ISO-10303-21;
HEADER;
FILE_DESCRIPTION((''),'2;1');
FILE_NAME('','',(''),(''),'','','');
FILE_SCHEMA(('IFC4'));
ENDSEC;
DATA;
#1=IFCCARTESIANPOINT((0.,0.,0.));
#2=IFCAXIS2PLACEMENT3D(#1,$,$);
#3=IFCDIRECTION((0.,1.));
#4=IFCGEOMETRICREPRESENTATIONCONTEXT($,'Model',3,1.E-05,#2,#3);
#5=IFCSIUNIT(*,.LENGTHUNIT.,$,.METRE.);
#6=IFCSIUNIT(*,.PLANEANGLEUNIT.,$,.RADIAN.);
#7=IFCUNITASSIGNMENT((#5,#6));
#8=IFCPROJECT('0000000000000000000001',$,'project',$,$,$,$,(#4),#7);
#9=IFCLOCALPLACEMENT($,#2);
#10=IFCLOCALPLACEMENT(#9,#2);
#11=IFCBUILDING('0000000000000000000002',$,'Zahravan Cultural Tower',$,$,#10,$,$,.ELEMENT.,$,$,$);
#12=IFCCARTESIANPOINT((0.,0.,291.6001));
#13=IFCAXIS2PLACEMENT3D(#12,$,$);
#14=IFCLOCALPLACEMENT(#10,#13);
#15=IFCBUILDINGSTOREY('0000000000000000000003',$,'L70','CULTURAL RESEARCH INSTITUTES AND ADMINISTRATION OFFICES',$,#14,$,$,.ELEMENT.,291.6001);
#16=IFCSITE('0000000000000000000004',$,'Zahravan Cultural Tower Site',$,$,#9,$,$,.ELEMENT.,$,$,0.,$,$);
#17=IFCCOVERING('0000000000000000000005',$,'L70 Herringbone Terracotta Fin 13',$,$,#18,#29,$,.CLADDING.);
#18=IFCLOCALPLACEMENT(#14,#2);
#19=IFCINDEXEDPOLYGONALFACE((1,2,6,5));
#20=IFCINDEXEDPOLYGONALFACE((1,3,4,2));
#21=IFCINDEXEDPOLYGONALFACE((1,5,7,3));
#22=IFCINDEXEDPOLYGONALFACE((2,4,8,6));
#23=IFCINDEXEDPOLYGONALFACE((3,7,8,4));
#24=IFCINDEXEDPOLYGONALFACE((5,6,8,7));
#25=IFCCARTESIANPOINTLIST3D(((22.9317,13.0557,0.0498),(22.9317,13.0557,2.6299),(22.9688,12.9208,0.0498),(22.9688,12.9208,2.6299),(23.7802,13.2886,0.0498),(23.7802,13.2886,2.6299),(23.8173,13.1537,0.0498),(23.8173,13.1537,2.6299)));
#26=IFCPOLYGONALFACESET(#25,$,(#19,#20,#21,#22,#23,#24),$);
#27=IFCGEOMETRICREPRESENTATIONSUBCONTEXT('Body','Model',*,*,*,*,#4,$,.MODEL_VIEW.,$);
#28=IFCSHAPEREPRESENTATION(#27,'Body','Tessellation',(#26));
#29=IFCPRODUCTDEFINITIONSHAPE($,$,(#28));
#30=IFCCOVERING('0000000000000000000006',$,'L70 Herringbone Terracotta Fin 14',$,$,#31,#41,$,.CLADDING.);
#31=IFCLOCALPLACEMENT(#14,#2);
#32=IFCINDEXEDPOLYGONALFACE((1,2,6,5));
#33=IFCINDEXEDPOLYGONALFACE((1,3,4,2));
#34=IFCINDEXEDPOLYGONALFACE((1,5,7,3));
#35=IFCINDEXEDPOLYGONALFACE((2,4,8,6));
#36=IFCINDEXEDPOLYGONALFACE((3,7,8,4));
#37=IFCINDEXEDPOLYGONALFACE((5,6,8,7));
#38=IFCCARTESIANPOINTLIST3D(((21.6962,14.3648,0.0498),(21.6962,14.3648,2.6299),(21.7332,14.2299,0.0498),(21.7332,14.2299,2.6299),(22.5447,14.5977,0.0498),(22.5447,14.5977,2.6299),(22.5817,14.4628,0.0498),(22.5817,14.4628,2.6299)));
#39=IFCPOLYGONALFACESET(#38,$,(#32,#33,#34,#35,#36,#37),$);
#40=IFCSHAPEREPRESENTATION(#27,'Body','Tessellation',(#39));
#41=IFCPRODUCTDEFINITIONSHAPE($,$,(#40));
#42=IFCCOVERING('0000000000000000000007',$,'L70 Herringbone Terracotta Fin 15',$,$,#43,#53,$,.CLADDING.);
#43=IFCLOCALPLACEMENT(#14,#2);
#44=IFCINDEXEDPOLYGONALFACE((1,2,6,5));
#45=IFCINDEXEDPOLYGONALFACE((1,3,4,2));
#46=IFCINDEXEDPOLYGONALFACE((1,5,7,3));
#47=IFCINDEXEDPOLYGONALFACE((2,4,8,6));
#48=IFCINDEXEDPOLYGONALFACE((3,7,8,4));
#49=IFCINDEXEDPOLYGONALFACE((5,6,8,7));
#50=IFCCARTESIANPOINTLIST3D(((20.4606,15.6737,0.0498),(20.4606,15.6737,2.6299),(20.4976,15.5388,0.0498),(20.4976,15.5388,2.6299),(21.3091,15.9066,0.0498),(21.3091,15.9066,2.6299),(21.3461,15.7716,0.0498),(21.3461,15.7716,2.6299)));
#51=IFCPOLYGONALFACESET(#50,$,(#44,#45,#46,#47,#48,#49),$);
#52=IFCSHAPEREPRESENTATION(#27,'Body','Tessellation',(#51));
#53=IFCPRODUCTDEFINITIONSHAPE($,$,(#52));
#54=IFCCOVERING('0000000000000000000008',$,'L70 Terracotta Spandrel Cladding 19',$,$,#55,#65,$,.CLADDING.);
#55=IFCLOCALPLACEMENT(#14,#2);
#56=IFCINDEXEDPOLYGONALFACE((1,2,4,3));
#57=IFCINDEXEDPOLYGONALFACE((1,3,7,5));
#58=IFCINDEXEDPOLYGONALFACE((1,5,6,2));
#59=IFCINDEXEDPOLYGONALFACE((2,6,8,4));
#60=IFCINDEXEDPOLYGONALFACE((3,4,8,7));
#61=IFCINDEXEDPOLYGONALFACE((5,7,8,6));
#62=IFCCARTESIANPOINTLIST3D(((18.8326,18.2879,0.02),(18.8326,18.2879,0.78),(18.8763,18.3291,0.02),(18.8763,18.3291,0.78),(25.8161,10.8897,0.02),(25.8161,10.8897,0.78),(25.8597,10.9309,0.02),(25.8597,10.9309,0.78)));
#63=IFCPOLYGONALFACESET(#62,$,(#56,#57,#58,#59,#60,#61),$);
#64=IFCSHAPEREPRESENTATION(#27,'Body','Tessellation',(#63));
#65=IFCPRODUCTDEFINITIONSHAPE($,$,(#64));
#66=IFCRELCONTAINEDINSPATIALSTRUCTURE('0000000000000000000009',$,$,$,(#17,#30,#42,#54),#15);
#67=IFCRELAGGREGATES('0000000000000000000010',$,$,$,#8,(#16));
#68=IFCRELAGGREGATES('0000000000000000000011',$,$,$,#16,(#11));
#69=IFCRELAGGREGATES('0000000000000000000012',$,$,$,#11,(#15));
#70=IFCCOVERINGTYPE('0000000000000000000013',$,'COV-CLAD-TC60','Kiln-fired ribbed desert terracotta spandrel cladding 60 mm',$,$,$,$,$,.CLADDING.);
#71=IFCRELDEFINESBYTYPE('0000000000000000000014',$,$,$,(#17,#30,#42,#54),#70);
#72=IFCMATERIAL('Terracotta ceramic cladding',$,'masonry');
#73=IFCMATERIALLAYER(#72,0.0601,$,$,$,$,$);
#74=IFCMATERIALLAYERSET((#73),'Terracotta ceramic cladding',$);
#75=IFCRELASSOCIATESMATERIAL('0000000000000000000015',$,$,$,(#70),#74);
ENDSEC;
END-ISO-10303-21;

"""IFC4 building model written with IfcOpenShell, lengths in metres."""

from ifc_helpers import new_model, si_unit, direction, frame, origin, origin_2d, place, context, subcontext, project, spatial, rectangle, extrude, source, transform, mapped, material, layer, layer_set, type_object, element, save


model = new_model("IFC4")

# Units and contexts
model_context = context("Model", 3, precision=1e-05, world=origin(), true_north=direction((0.0, 1.0)))
body_context = subcontext(model_context, "Body", "Model", "MODEL_VIEW")
ifc_project = project(units=[si_unit("LENGTHUNIT", "METRE"), si_unit("PLANEANGLEUNIT", "RADIAN")], contexts=[model_context])

# Site, building, storey
site_placement = place(None, origin())
site = spatial("IfcSite", under=ifc_project, at=site_placement, Name="Zahravan Cultural Tower Site", CompositionType="ELEMENT", RefElevation=0.0)
building_placement = place(site_placement, origin())
building = spatial("IfcBuilding", under=site, at=building_placement, Name="Zahravan Cultural Tower", CompositionType="ELEMENT")
storey_placement = place(building_placement, frame((0.0, 0.0, 291.6001)))
storey = spatial("IfcBuildingStorey", under=building, at=storey_placement, Name="L70", Description="CULTURAL RESEARCH INSTITUTES AND ADMINISTRATION OFFICES", CompositionType="ELEMENT", Elevation=291.6001)

# Coverings
ifc_material_1 = material(Name="Terracotta ceramic cladding", Category="masonry")
ifc_layer_1 = layer(ifc_material_1, 0.0601)
ifc_layer_set_1 = layer_set([ifc_layer_1], Name="Terracotta ceramic cladding")
covering_type_1 = type_object("IfcCoveringType", Name="COV-CLAD-TC60", Description="Kiln-fired ribbed desert terracotta spandrel cladding 60 mm", PredefinedType="CLADDING", material=ifc_layer_set_1)
shared_shape_1 = source(origin(), body_context, "Body", "SweptSolid", [
    extrude(rectangle(XDim=0.8799, YDim=0.1399, at=origin_2d()), origin(), (0.0, 0.0, 1.0), 2.5801),
])
for number, where, z_axis, x_axis, name in (
    (1, (23.3745, 13.1047, 0.0498), (0.0, 0.0, 1.0), (-0.964336, -0.264681, 0.0), "L70 Herringbone Terracotta Fin 13"),
    (2, (22.1389, 14.4138, 0.0498), (0.0, 0.0, 1.0), (-0.964336, -0.264681, 0.0), "L70 Herringbone Terracotta Fin 14"),
    (3, (20.9033, 15.7227, 0.0498), (0.0, 0.0, 1.0), (-0.964336, -0.264681, 0.0), "L70 Herringbone Terracotta Fin 15"),
):
    element("IfcCovering", number, at=place(storey_placement, frame(where, z_axis=z_axis, x_axis=x_axis)), inside=storey, type_object=covering_type_1, Name=name, PredefinedType="CLADDING", context=body_context, shape_type="MappedRepresentation", body=[
        mapped(shared_shape_1, transform((0.0, 0.0, 0.0), x_axis=(1.0, 0.0, 0.0), y_axis=(0.0, 1.0, 0.0), z_axis=(0.0, 0.0, 1.0), scale=1.0)),
    ])
shared_shape_2 = source(origin(), body_context, "Body", "SweptSolid", [
    extrude(rectangle(XDim=10.1736, YDim=0.0601, at=origin_2d()), origin(), (0.0, 0.0, 1.0), 0.76),
])
covering_1_placement = place(storey_placement, frame((22.3462, 14.6094, 0.02), z_axis=(0.0, 0.0, 1.0), x_axis=(-0.686428, 0.727198, 0.0)))
element("IfcCovering", 4, at=covering_1_placement, inside=storey, type_object=covering_type_1, Name="L70 Terracotta Spandrel Cladding 19", PredefinedType="CLADDING", context=body_context, shape_type="MappedRepresentation", body=[
    mapped(shared_shape_2, transform((0.0, 0.0, 0.0), x_axis=(1.0, 0.0, 0.0), y_axis=(0.0, 1.0, 0.0), z_axis=(0.0, 0.0, 1.0), scale=1.0)),
])

save(model, "model.ifc")
